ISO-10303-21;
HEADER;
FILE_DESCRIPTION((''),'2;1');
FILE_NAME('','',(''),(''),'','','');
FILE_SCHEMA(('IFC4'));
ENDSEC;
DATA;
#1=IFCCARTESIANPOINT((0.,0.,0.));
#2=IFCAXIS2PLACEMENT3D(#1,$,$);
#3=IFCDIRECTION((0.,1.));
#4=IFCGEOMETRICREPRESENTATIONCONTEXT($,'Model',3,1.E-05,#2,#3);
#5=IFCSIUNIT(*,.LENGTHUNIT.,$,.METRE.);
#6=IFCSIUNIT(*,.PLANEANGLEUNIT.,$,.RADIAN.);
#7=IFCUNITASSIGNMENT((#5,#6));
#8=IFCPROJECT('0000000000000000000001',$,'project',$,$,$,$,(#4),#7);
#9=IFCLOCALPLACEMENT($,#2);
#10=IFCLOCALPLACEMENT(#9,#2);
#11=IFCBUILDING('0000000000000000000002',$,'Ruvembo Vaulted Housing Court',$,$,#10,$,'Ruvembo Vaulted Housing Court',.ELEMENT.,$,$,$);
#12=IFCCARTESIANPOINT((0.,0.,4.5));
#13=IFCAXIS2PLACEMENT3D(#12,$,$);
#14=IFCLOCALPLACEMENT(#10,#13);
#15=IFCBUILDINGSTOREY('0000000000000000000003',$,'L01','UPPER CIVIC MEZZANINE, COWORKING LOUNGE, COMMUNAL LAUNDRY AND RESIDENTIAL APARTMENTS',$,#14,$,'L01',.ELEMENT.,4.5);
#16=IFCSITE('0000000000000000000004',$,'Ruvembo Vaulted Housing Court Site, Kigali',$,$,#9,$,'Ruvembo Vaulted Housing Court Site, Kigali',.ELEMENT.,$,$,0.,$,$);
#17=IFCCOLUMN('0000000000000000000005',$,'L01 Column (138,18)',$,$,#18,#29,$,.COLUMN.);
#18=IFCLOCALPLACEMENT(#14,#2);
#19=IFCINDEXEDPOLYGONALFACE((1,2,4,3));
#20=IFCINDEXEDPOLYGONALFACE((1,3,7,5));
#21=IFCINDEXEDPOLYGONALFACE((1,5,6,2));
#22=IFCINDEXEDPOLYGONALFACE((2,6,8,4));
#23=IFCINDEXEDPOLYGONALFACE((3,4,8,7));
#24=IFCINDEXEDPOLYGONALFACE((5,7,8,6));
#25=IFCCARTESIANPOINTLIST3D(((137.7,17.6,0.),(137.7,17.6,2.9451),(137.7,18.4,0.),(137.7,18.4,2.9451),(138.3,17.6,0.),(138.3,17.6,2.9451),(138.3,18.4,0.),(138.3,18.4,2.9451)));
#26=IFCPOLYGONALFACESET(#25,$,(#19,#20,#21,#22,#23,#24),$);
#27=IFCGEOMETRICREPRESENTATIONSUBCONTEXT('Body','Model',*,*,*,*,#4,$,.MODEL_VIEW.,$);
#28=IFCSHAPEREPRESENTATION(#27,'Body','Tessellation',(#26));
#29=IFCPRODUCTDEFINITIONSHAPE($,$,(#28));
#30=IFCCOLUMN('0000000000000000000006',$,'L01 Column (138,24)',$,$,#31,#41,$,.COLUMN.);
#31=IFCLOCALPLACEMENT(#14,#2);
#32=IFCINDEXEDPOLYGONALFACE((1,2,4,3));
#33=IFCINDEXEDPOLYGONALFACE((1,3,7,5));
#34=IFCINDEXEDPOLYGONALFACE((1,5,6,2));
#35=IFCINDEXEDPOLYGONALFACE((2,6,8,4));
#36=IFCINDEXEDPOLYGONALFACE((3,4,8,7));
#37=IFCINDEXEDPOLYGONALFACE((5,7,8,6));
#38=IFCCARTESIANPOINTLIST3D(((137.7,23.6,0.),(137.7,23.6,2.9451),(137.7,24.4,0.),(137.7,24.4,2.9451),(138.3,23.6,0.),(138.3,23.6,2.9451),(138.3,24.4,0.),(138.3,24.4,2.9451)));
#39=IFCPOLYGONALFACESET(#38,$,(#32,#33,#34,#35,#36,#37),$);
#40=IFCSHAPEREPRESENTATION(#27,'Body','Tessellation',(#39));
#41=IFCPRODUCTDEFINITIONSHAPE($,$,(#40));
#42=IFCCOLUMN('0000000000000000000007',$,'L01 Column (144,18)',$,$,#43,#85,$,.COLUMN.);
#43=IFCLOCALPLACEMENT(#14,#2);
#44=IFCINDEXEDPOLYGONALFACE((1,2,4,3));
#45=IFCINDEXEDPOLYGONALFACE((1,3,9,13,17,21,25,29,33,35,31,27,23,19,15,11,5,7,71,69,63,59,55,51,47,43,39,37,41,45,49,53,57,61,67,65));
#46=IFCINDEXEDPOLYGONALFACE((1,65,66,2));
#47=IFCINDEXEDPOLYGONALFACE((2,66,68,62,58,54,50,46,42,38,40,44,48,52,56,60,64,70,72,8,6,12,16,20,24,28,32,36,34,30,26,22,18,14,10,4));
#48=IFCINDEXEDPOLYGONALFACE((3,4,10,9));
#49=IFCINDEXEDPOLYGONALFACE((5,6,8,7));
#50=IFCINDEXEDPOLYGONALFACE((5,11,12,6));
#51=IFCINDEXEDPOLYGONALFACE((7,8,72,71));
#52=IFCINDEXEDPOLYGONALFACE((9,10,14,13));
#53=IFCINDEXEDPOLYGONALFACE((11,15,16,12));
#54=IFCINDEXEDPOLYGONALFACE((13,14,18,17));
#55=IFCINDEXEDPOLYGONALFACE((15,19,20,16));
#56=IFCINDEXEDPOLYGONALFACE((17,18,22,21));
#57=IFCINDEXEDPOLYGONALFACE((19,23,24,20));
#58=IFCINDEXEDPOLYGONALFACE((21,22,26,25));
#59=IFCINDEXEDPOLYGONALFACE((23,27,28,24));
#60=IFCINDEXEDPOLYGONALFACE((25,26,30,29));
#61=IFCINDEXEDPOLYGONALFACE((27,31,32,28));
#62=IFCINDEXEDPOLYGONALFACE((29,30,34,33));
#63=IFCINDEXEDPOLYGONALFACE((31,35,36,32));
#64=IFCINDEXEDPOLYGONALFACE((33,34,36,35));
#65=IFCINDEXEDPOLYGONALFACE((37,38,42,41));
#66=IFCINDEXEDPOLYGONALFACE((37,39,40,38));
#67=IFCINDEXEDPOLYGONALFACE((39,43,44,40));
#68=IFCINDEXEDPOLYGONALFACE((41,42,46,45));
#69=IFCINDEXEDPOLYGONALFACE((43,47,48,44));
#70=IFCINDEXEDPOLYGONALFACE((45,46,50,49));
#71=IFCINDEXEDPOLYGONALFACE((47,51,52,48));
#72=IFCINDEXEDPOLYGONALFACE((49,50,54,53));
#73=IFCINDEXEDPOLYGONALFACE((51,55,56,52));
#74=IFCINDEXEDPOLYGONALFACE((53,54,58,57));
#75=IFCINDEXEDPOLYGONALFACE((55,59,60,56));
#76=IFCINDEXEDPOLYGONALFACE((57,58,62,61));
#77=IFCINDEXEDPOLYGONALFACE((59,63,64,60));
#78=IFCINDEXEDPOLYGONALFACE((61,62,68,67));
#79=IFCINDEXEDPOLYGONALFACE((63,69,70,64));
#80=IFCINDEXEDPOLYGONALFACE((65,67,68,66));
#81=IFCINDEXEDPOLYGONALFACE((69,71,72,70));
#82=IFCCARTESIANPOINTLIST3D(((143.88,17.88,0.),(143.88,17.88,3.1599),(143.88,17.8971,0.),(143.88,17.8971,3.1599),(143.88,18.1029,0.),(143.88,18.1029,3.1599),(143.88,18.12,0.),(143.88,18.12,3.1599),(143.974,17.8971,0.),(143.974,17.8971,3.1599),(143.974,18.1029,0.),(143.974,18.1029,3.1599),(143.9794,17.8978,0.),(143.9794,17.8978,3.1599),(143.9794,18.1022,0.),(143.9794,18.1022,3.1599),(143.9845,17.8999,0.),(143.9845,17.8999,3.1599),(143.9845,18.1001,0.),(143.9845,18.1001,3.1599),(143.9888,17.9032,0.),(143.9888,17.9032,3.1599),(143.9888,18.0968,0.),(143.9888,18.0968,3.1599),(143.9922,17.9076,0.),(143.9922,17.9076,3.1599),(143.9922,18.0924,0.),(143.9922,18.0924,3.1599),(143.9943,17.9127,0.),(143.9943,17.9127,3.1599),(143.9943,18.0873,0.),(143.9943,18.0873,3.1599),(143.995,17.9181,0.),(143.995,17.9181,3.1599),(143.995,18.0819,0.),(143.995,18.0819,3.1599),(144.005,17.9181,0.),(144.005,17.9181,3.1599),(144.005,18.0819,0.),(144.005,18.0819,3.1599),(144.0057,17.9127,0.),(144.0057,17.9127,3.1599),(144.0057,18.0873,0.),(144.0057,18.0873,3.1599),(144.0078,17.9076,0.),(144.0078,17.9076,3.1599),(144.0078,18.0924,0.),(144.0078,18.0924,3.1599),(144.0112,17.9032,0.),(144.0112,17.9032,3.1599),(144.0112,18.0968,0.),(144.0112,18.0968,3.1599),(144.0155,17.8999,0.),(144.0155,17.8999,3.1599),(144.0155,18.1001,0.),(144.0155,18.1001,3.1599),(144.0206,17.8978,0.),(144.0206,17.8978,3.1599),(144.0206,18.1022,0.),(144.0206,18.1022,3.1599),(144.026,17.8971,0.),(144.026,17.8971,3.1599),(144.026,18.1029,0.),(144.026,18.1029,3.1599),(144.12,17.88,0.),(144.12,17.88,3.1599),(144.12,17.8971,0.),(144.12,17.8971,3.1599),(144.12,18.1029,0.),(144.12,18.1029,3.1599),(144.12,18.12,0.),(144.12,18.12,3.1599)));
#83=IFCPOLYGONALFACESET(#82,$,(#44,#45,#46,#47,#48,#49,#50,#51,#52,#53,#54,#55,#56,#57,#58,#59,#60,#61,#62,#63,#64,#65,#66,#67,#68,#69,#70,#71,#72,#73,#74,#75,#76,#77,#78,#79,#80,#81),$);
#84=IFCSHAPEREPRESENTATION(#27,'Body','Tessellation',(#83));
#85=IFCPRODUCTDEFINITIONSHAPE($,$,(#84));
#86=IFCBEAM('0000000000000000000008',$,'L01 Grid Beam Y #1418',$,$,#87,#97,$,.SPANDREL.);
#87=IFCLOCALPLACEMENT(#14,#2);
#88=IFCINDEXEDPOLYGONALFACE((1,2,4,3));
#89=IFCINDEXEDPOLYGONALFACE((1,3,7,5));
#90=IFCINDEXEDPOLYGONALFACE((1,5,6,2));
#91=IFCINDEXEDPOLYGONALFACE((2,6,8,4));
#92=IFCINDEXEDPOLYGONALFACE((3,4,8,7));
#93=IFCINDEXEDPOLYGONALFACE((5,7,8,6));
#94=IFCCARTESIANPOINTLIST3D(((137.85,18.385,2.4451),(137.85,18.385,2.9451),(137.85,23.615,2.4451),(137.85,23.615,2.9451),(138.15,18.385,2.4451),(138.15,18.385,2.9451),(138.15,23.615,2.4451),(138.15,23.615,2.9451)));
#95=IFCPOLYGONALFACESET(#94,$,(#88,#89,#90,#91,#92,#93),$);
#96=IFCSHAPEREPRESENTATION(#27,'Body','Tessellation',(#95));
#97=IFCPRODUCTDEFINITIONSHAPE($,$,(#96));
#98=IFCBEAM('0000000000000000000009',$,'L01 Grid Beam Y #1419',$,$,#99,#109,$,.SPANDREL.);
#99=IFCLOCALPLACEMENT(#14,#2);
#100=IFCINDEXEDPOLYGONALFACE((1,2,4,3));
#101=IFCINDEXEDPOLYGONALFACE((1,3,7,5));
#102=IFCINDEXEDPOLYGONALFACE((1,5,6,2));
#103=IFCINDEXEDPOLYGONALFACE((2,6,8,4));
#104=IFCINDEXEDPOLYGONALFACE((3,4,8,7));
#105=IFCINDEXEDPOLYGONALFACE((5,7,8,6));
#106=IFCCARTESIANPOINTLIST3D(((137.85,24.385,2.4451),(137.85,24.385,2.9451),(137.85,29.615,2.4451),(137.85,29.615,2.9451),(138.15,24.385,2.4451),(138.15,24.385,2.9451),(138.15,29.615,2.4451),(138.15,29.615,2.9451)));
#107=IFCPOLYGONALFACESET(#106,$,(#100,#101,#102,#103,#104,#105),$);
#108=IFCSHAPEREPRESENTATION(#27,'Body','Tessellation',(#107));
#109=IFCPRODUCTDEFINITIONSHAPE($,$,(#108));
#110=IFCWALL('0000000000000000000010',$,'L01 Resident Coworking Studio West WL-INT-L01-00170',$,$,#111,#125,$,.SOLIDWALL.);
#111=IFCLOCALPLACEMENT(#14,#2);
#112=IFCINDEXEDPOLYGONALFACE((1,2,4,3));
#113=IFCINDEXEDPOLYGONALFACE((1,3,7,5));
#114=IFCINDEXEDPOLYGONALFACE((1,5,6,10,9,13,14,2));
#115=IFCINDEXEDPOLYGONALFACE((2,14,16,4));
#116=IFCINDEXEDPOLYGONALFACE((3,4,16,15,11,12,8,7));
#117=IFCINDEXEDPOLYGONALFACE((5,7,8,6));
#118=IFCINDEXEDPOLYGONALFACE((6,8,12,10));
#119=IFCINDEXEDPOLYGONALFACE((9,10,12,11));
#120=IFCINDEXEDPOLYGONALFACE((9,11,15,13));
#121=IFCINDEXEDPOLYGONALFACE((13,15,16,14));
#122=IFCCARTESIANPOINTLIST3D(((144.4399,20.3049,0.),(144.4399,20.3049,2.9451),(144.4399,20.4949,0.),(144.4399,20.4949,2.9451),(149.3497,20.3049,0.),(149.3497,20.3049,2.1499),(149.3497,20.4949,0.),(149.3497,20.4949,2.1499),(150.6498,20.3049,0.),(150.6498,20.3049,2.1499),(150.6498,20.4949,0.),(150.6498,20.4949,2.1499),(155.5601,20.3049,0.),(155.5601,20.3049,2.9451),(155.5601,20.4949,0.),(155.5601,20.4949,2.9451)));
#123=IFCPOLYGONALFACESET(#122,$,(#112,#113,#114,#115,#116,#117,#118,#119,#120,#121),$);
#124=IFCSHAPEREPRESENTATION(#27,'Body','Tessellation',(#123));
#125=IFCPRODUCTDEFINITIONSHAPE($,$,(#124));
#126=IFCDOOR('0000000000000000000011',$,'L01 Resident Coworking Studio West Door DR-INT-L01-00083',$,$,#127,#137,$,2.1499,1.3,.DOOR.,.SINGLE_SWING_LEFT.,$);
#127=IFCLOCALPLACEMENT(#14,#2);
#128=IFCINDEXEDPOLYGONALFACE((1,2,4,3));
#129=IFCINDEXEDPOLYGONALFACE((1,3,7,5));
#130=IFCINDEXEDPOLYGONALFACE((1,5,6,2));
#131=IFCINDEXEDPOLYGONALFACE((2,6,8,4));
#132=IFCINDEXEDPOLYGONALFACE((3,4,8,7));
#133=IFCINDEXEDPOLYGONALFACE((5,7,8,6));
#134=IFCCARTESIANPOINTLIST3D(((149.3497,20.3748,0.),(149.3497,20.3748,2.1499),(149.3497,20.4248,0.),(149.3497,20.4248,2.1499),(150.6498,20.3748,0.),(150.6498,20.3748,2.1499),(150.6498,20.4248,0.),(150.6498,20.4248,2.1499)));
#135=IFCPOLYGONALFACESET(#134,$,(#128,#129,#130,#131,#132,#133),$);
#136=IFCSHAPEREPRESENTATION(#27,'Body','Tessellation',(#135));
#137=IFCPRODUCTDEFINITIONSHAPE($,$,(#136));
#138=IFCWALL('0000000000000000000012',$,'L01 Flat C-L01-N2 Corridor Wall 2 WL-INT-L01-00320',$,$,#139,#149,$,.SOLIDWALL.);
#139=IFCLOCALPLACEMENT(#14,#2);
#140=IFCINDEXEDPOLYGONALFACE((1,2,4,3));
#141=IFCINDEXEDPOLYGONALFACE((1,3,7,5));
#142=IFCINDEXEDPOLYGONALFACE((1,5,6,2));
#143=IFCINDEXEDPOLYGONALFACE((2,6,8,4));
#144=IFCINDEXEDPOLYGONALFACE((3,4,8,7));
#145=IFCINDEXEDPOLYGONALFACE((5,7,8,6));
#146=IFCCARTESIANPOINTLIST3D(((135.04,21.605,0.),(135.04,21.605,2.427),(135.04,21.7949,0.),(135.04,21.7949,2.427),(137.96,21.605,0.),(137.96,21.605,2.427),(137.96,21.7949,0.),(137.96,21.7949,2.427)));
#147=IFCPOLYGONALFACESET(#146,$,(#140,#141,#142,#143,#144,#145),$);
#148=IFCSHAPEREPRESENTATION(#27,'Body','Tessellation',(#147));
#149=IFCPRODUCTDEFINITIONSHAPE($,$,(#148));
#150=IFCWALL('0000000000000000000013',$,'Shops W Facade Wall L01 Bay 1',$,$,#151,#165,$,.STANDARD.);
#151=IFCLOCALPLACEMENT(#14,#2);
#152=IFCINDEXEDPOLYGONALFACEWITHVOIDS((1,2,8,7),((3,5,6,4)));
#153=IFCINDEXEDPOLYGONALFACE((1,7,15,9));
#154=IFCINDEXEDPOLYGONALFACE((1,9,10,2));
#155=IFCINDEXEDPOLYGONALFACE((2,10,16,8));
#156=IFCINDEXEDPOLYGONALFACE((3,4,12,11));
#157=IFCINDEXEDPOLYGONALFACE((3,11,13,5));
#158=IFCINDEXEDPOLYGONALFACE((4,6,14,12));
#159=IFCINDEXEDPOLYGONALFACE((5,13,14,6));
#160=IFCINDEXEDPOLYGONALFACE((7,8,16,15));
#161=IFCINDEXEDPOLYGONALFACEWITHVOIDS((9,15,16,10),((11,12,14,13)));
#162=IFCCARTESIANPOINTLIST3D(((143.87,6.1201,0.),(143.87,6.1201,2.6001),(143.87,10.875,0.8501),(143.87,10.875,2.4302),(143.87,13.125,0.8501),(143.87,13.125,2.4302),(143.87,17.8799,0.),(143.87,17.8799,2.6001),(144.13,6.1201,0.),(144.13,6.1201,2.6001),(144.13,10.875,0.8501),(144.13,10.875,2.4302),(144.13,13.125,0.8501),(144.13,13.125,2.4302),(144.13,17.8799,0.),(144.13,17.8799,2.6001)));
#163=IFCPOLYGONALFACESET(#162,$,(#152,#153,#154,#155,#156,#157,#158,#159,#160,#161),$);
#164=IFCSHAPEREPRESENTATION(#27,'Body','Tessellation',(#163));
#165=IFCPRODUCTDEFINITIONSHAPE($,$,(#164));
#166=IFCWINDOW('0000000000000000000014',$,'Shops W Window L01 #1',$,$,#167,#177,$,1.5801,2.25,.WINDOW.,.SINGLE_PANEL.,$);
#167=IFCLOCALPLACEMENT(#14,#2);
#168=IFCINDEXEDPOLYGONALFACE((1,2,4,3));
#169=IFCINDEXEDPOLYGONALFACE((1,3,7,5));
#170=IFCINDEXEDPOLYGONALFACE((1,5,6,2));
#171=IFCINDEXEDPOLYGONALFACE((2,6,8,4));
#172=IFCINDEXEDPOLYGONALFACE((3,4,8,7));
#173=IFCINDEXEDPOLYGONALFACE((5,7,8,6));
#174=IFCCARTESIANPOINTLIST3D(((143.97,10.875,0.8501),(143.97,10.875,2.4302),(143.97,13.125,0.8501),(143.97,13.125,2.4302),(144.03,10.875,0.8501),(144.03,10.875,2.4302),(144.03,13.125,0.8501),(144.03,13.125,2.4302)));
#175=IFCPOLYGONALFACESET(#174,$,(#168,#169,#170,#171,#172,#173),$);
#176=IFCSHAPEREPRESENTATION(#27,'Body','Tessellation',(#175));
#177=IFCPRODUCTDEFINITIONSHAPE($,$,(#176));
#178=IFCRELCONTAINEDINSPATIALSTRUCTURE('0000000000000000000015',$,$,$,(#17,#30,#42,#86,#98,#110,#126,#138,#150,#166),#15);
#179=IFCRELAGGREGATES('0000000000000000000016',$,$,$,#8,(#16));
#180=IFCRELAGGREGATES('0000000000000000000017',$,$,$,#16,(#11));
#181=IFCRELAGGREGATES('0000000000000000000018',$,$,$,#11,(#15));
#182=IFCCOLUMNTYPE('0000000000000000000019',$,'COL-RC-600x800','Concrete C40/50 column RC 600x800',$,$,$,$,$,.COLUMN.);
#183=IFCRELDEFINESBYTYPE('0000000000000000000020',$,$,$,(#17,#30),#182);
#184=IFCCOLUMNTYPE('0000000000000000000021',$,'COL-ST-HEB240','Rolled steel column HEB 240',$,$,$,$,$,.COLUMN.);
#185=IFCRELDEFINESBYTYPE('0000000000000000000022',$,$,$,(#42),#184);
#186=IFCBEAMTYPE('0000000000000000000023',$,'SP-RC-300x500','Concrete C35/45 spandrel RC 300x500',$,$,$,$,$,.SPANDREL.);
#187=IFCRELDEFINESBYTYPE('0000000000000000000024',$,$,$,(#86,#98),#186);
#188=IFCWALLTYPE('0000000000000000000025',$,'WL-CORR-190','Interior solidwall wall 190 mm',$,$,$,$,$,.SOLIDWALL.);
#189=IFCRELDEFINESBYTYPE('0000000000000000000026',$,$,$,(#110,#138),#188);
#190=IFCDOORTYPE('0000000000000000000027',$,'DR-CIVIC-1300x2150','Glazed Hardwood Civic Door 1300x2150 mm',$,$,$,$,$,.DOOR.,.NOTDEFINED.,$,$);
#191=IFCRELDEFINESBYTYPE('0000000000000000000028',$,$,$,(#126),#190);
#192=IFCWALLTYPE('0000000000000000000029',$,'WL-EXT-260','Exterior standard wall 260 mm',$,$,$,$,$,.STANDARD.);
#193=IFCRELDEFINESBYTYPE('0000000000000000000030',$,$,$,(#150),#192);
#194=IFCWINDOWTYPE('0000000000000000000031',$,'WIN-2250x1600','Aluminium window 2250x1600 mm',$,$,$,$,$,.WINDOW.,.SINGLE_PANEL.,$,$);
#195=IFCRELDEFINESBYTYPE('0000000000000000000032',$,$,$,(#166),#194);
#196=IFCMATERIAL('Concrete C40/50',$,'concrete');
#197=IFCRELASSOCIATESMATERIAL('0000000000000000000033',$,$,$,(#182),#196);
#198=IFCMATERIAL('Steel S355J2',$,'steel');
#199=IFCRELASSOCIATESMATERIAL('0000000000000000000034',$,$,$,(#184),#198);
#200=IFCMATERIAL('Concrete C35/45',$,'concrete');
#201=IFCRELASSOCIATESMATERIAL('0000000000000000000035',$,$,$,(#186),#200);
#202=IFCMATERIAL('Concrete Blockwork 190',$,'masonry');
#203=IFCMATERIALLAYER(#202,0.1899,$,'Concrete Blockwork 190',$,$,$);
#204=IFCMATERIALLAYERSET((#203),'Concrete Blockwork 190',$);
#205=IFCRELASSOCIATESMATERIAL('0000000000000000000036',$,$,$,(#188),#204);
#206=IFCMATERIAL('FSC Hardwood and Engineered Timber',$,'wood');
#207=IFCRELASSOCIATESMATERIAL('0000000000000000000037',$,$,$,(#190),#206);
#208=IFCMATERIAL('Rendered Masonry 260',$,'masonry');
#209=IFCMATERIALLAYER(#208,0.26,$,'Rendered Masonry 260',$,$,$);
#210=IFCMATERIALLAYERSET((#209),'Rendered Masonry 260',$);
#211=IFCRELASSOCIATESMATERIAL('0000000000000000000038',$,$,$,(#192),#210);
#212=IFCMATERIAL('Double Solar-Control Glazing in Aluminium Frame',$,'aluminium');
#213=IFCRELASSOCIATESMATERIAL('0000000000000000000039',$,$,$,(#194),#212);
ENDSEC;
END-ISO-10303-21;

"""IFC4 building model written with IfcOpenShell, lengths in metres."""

from ifc_helpers import new_model, si_unit, direction, frame, frame_2d, origin, origin_2d, place, context, subcontext, project, spatial, rectangle, i_section, extrude, material, layer, layer_set, material_profile, profile_set, type_object, element, fill, save


model = new_model("IFC4")

# Units and contexts
model_context = context("Model", 3, precision=1e-05, world=origin(), true_north=direction((0.0, 1.0)))
body_context = subcontext(model_context, "Body", "Model", "MODEL_VIEW")
ifc_project = project(units=[si_unit("LENGTHUNIT", "METRE"), si_unit("PLANEANGLEUNIT", "RADIAN")], contexts=[model_context])

# Site, building, storey
site_placement = place(None, origin())
site = spatial("IfcSite", under=ifc_project, at=site_placement, Name="Ruvembo Vaulted Housing Court Site, Kigali", LongName="Ruvembo Vaulted Housing Court Site, Kigali", CompositionType="ELEMENT", RefElevation=0.0)
building_placement = place(site_placement, origin())
building = spatial("IfcBuilding", under=site, at=building_placement, Name="Ruvembo Vaulted Housing Court", LongName="Ruvembo Vaulted Housing Court", CompositionType="ELEMENT")
storey_placement = place(building_placement, frame((0.0, 0.0, 4.5)))
storey = spatial("IfcBuildingStorey", under=building, at=storey_placement, Name="L01", Description="UPPER CIVIC MEZZANINE, COWORKING LOUNGE, COMMUNAL LAUNDRY AND RESIDENTIAL APARTMENTS", LongName="L01", CompositionType="ELEMENT", Elevation=4.5)

# Columns
ifc_material_1 = material(Name="Concrete C40/50", Category="concrete")
ifc_material_profile_1 = material_profile(ifc_material_1, rectangle(XDim=0.6001, YDim=0.8, at=origin_2d()), Name="RC 600x800")
ifc_profile_set_1 = profile_set([ifc_material_profile_1], Name="Concrete C40/50")
column_type_1 = type_object("IfcColumnType", Name="COL-RC-600x800", Description="Concrete C40/50 column RC 600x800", PredefinedType="COLUMN", material=ifc_profile_set_1)
for number, where, z_axis, x_axis, name in (
    (1, (138.0, 18.0, 0.0), (0.0, 0.0, 1.0), (1.0, 0.0, 0.0), "L01 Column (138,18)"),
    (2, (138.0, 24.0, 0.0), (0.0, 0.0, 1.0), (1.0, 0.0, 0.0), "L01 Column (138,24)"),
):
    element("IfcColumn", number, at=place(storey_placement, frame(where, z_axis=z_axis, x_axis=x_axis)), inside=storey, type_object=column_type_1, Name=name, PredefinedType="COLUMN", context=body_context, shape_type="SweptSolid", body=[
        extrude(rectangle(XDim=0.6001, YDim=0.8, at=origin_2d()), origin(), (0.0, 0.0, 1.0), 2.9451),
    ])
ifc_material_2 = material(Name="Steel S355J2", Category="steel")
ifc_material_profile_2 = material_profile(ifc_material_2, i_section(OverallWidth=0.24, OverallDepth=0.24, WebThickness=0.01, FlangeThickness=0.0171, FilletRadius=0.021, at=origin_2d()), Name="HEB 240")
ifc_profile_set_2 = profile_set([ifc_material_profile_2], Name="Steel S355J2")
column_type_2 = type_object("IfcColumnType", Name="COL-ST-HEB240", Description="Rolled steel column HEB 240", PredefinedType="COLUMN", material=ifc_profile_set_2)
column_placement = place(storey_placement, frame((144.0, 18.0, 0.0), z_axis=(0.0, 0.0, 1.0), x_axis=(1.0, 0.0, 0.0)))
element("IfcColumn", 3, at=column_placement, inside=storey, type_object=column_type_2, Name="L01 Column (144,18)", PredefinedType="COLUMN", context=body_context, shape_type="SweptSolid", body=[
    extrude(i_section(OverallWidth=0.24, OverallDepth=0.24, WebThickness=0.01, FlangeThickness=0.0171, FilletRadius=0.021, at=origin_2d()), origin(), (0.0, 0.0, 1.0), 3.1599),
])

# Beams
ifc_material_3 = material(Name="Concrete C35/45", Category="concrete")
ifc_material_profile_3 = material_profile(ifc_material_3, rectangle(XDim=0.3, YDim=0.5, at=origin_2d()), Name="RC 300x500")
ifc_profile_set_3 = profile_set([ifc_material_profile_3], Name="Concrete C35/45")
beam_type = type_object("IfcBeamType", Name="SP-RC-300x500", Description="Concrete C35/45 spandrel RC 300x500", PredefinedType="SPANDREL", material=ifc_profile_set_3)
for number, where, z_axis, x_axis, name in (
    (4, (138.0, 18.385, 2.6951), (0.0, 1.0, 0.0), (-1.0, 0.0, 0.0), "L01 Grid Beam Y #1418"),
    (5, (138.0, 24.385, 2.6951), (0.0, 1.0, 0.0), (-1.0, 0.0, 0.0), "L01 Grid Beam Y #1419"),
):
    element("IfcBeam", number, at=place(storey_placement, frame(where, z_axis=z_axis, x_axis=x_axis)), inside=storey, type_object=beam_type, Name=name, PredefinedType="SPANDREL", context=body_context, shape_type="SweptSolid", body=[
        extrude(rectangle(XDim=0.3, YDim=0.5, at=origin_2d()), origin(), (0.0, 0.0, 1.0), 5.23),
    ])

# Wall, opening, door
ifc_material_4 = material(Name="Concrete Blockwork 190", Category="masonry")
ifc_layer_1 = layer(ifc_material_4, 0.1899, Name="Concrete Blockwork 190")
ifc_layer_set_1 = layer_set([ifc_layer_1], Name="Concrete Blockwork 190")
wall_type_1 = type_object("IfcWallType", Name="WL-CORR-190", Description="Interior solidwall wall 190 mm", PredefinedType="SOLIDWALL", material=ifc_layer_set_1)
wall_1_placement = place(storey_placement, frame((144.4399, 20.3999, 0.0), z_axis=(0.0, 0.0, 1.0), x_axis=(1.0, 0.0, 0.0)))
wall_1 = element("IfcWall", 6, at=wall_1_placement, inside=storey, type_object=wall_type_1, Name="L01 Resident Coworking Studio West WL-INT-L01-00170", PredefinedType="SOLIDWALL", context=body_context, shape_type="SweptSolid", body=[
    extrude(rectangle(XDim=11.1201, YDim=0.1899, at=frame_2d((5.5601, 0.0))), origin(), (0.0, 0.0, 1.0), 2.9451),
])
opening_1_placement = place(wall_1_placement, frame((4.9099, 0.0, 0.0)))
opening_1 = element("IfcOpeningElement", 7, at=opening_1_placement, cuts=wall_1, PredefinedType="OPENING", context=body_context, shape_type="SweptSolid", body=[
    extrude(rectangle(XDim=1.3, YDim=2.1499, at=frame_2d((0.6499, 1.075))), frame((0.0, 0.105, 0.0), z_axis=(0.0, -1.0, 0.0), x_axis=(1.0, 0.0, 0.0)), (0.0, 0.0, 1.0), 0.21),
])
ifc_material_5 = material(Name="FSC Hardwood and Engineered Timber", Category="wood")
door_type = type_object("IfcDoorType", Name="DR-CIVIC-1300x2150", Description="Glazed Hardwood Civic Door 1300x2150 mm", OperationType="NOTDEFINED", PredefinedType="DOOR", material=ifc_material_5)
door_1_placement = place(opening_1_placement, origin())
door_1 = element("IfcDoor", 8, at=door_1_placement, inside=storey, type_object=door_type, Name="L01 Resident Coworking Studio West Door DR-INT-L01-00083", OperationType="SINGLE_SWING_LEFT", OverallHeight=2.1499, OverallWidth=1.3, PredefinedType="DOOR", context=body_context, shape_type="SweptSolid", body=[
    extrude(rectangle(XDim=1.3, YDim=2.1499, at=frame_2d((0.6499, 1.075))), frame((0.0, 0.0249, 0.0), z_axis=(0.0, -1.0, 0.0), x_axis=(1.0, 0.0, 0.0)), (0.0, 0.0, 1.0), 0.05),
])
fill(opening_1, door_1)

# Wall
wall_2_placement = place(storey_placement, frame((135.04, 21.7, 0.0), z_axis=(0.0, 0.0, 1.0), x_axis=(1.0, 0.0, 0.0)))
element("IfcWall", 9, at=wall_2_placement, inside=storey, type_object=wall_type_1, Name="L01 Flat C-L01-N2 Corridor Wall 2 WL-INT-L01-00320", PredefinedType="SOLIDWALL", context=body_context, shape_type="SweptSolid", body=[
    extrude(rectangle(XDim=2.9199, YDim=0.1899, at=frame_2d((1.46, 0.0))), origin(), (0.0, 0.0, 1.0), 2.427),
])

# Wall, opening, window
ifc_material_6 = material(Name="Rendered Masonry 260", Category="masonry")
ifc_layer_2 = layer(ifc_material_6, 0.26, Name="Rendered Masonry 260")
ifc_layer_set_2 = layer_set([ifc_layer_2], Name="Rendered Masonry 260")
wall_type_2 = type_object("IfcWallType", Name="WL-EXT-260", Description="Exterior standard wall 260 mm", PredefinedType="STANDARD", material=ifc_layer_set_2)
wall_3_placement = place(storey_placement, frame((144.0, 17.8799, 0.0), z_axis=(0.0, 0.0, 1.0), x_axis=(0.0, -1.0, 0.0)))
wall_3 = element("IfcWall", 10, at=wall_3_placement, inside=storey, type_object=wall_type_2, Name="Shops W Facade Wall L01 Bay 1", PredefinedType="STANDARD", context=body_context, shape_type="SweptSolid", body=[
    extrude(rectangle(XDim=11.7598, YDim=0.26, at=frame_2d((5.8799, 0.0))), origin(), (0.0, 0.0, 1.0), 2.6001),
])
opening_2_placement = place(wall_3_placement, frame((4.7549, 0.0, 0.8501)))
opening_2 = element("IfcOpeningElement", 11, at=opening_2_placement, cuts=wall_3, PredefinedType="OPENING", context=body_context, shape_type="SweptSolid", body=[
    extrude(rectangle(XDim=2.25, YDim=1.5801, at=frame_2d((1.125, 0.79))), frame((0.0, 0.1399, 0.0), z_axis=(0.0, -1.0, 0.0), x_axis=(1.0, 0.0, 0.0)), (0.0, 0.0, 1.0), 0.28),
])
ifc_material_7 = material(Name="Double Solar-Control Glazing in Aluminium Frame", Category="aluminium")
window_type_1 = type_object("IfcWindowType", Name="WIN-2250x1600", Description="Aluminium window 2250x1600 mm", PartitioningType="SINGLE_PANEL", PredefinedType="WINDOW", material=ifc_material_7)
window_1_placement = place(opening_2_placement, origin())
window_1 = element("IfcWindow", 12, at=window_1_placement, inside=storey, type_object=window_type_1, Name="Shops W Window L01 #1", OverallHeight=1.5801, OverallWidth=2.25, PartitioningType="SINGLE_PANEL", PredefinedType="WINDOW", context=body_context, shape_type="SweptSolid", body=[
    extrude(rectangle(XDim=2.25, YDim=1.5801, at=frame_2d((1.125, 0.79))), frame((0.0, 0.03, 0.0), z_axis=(0.0, -1.0, 0.0), x_axis=(1.0, 0.0, 0.0)), (0.0, 0.0, 1.0), 0.0601),
])
fill(opening_2, window_1)

save(model, "model.ifc")
